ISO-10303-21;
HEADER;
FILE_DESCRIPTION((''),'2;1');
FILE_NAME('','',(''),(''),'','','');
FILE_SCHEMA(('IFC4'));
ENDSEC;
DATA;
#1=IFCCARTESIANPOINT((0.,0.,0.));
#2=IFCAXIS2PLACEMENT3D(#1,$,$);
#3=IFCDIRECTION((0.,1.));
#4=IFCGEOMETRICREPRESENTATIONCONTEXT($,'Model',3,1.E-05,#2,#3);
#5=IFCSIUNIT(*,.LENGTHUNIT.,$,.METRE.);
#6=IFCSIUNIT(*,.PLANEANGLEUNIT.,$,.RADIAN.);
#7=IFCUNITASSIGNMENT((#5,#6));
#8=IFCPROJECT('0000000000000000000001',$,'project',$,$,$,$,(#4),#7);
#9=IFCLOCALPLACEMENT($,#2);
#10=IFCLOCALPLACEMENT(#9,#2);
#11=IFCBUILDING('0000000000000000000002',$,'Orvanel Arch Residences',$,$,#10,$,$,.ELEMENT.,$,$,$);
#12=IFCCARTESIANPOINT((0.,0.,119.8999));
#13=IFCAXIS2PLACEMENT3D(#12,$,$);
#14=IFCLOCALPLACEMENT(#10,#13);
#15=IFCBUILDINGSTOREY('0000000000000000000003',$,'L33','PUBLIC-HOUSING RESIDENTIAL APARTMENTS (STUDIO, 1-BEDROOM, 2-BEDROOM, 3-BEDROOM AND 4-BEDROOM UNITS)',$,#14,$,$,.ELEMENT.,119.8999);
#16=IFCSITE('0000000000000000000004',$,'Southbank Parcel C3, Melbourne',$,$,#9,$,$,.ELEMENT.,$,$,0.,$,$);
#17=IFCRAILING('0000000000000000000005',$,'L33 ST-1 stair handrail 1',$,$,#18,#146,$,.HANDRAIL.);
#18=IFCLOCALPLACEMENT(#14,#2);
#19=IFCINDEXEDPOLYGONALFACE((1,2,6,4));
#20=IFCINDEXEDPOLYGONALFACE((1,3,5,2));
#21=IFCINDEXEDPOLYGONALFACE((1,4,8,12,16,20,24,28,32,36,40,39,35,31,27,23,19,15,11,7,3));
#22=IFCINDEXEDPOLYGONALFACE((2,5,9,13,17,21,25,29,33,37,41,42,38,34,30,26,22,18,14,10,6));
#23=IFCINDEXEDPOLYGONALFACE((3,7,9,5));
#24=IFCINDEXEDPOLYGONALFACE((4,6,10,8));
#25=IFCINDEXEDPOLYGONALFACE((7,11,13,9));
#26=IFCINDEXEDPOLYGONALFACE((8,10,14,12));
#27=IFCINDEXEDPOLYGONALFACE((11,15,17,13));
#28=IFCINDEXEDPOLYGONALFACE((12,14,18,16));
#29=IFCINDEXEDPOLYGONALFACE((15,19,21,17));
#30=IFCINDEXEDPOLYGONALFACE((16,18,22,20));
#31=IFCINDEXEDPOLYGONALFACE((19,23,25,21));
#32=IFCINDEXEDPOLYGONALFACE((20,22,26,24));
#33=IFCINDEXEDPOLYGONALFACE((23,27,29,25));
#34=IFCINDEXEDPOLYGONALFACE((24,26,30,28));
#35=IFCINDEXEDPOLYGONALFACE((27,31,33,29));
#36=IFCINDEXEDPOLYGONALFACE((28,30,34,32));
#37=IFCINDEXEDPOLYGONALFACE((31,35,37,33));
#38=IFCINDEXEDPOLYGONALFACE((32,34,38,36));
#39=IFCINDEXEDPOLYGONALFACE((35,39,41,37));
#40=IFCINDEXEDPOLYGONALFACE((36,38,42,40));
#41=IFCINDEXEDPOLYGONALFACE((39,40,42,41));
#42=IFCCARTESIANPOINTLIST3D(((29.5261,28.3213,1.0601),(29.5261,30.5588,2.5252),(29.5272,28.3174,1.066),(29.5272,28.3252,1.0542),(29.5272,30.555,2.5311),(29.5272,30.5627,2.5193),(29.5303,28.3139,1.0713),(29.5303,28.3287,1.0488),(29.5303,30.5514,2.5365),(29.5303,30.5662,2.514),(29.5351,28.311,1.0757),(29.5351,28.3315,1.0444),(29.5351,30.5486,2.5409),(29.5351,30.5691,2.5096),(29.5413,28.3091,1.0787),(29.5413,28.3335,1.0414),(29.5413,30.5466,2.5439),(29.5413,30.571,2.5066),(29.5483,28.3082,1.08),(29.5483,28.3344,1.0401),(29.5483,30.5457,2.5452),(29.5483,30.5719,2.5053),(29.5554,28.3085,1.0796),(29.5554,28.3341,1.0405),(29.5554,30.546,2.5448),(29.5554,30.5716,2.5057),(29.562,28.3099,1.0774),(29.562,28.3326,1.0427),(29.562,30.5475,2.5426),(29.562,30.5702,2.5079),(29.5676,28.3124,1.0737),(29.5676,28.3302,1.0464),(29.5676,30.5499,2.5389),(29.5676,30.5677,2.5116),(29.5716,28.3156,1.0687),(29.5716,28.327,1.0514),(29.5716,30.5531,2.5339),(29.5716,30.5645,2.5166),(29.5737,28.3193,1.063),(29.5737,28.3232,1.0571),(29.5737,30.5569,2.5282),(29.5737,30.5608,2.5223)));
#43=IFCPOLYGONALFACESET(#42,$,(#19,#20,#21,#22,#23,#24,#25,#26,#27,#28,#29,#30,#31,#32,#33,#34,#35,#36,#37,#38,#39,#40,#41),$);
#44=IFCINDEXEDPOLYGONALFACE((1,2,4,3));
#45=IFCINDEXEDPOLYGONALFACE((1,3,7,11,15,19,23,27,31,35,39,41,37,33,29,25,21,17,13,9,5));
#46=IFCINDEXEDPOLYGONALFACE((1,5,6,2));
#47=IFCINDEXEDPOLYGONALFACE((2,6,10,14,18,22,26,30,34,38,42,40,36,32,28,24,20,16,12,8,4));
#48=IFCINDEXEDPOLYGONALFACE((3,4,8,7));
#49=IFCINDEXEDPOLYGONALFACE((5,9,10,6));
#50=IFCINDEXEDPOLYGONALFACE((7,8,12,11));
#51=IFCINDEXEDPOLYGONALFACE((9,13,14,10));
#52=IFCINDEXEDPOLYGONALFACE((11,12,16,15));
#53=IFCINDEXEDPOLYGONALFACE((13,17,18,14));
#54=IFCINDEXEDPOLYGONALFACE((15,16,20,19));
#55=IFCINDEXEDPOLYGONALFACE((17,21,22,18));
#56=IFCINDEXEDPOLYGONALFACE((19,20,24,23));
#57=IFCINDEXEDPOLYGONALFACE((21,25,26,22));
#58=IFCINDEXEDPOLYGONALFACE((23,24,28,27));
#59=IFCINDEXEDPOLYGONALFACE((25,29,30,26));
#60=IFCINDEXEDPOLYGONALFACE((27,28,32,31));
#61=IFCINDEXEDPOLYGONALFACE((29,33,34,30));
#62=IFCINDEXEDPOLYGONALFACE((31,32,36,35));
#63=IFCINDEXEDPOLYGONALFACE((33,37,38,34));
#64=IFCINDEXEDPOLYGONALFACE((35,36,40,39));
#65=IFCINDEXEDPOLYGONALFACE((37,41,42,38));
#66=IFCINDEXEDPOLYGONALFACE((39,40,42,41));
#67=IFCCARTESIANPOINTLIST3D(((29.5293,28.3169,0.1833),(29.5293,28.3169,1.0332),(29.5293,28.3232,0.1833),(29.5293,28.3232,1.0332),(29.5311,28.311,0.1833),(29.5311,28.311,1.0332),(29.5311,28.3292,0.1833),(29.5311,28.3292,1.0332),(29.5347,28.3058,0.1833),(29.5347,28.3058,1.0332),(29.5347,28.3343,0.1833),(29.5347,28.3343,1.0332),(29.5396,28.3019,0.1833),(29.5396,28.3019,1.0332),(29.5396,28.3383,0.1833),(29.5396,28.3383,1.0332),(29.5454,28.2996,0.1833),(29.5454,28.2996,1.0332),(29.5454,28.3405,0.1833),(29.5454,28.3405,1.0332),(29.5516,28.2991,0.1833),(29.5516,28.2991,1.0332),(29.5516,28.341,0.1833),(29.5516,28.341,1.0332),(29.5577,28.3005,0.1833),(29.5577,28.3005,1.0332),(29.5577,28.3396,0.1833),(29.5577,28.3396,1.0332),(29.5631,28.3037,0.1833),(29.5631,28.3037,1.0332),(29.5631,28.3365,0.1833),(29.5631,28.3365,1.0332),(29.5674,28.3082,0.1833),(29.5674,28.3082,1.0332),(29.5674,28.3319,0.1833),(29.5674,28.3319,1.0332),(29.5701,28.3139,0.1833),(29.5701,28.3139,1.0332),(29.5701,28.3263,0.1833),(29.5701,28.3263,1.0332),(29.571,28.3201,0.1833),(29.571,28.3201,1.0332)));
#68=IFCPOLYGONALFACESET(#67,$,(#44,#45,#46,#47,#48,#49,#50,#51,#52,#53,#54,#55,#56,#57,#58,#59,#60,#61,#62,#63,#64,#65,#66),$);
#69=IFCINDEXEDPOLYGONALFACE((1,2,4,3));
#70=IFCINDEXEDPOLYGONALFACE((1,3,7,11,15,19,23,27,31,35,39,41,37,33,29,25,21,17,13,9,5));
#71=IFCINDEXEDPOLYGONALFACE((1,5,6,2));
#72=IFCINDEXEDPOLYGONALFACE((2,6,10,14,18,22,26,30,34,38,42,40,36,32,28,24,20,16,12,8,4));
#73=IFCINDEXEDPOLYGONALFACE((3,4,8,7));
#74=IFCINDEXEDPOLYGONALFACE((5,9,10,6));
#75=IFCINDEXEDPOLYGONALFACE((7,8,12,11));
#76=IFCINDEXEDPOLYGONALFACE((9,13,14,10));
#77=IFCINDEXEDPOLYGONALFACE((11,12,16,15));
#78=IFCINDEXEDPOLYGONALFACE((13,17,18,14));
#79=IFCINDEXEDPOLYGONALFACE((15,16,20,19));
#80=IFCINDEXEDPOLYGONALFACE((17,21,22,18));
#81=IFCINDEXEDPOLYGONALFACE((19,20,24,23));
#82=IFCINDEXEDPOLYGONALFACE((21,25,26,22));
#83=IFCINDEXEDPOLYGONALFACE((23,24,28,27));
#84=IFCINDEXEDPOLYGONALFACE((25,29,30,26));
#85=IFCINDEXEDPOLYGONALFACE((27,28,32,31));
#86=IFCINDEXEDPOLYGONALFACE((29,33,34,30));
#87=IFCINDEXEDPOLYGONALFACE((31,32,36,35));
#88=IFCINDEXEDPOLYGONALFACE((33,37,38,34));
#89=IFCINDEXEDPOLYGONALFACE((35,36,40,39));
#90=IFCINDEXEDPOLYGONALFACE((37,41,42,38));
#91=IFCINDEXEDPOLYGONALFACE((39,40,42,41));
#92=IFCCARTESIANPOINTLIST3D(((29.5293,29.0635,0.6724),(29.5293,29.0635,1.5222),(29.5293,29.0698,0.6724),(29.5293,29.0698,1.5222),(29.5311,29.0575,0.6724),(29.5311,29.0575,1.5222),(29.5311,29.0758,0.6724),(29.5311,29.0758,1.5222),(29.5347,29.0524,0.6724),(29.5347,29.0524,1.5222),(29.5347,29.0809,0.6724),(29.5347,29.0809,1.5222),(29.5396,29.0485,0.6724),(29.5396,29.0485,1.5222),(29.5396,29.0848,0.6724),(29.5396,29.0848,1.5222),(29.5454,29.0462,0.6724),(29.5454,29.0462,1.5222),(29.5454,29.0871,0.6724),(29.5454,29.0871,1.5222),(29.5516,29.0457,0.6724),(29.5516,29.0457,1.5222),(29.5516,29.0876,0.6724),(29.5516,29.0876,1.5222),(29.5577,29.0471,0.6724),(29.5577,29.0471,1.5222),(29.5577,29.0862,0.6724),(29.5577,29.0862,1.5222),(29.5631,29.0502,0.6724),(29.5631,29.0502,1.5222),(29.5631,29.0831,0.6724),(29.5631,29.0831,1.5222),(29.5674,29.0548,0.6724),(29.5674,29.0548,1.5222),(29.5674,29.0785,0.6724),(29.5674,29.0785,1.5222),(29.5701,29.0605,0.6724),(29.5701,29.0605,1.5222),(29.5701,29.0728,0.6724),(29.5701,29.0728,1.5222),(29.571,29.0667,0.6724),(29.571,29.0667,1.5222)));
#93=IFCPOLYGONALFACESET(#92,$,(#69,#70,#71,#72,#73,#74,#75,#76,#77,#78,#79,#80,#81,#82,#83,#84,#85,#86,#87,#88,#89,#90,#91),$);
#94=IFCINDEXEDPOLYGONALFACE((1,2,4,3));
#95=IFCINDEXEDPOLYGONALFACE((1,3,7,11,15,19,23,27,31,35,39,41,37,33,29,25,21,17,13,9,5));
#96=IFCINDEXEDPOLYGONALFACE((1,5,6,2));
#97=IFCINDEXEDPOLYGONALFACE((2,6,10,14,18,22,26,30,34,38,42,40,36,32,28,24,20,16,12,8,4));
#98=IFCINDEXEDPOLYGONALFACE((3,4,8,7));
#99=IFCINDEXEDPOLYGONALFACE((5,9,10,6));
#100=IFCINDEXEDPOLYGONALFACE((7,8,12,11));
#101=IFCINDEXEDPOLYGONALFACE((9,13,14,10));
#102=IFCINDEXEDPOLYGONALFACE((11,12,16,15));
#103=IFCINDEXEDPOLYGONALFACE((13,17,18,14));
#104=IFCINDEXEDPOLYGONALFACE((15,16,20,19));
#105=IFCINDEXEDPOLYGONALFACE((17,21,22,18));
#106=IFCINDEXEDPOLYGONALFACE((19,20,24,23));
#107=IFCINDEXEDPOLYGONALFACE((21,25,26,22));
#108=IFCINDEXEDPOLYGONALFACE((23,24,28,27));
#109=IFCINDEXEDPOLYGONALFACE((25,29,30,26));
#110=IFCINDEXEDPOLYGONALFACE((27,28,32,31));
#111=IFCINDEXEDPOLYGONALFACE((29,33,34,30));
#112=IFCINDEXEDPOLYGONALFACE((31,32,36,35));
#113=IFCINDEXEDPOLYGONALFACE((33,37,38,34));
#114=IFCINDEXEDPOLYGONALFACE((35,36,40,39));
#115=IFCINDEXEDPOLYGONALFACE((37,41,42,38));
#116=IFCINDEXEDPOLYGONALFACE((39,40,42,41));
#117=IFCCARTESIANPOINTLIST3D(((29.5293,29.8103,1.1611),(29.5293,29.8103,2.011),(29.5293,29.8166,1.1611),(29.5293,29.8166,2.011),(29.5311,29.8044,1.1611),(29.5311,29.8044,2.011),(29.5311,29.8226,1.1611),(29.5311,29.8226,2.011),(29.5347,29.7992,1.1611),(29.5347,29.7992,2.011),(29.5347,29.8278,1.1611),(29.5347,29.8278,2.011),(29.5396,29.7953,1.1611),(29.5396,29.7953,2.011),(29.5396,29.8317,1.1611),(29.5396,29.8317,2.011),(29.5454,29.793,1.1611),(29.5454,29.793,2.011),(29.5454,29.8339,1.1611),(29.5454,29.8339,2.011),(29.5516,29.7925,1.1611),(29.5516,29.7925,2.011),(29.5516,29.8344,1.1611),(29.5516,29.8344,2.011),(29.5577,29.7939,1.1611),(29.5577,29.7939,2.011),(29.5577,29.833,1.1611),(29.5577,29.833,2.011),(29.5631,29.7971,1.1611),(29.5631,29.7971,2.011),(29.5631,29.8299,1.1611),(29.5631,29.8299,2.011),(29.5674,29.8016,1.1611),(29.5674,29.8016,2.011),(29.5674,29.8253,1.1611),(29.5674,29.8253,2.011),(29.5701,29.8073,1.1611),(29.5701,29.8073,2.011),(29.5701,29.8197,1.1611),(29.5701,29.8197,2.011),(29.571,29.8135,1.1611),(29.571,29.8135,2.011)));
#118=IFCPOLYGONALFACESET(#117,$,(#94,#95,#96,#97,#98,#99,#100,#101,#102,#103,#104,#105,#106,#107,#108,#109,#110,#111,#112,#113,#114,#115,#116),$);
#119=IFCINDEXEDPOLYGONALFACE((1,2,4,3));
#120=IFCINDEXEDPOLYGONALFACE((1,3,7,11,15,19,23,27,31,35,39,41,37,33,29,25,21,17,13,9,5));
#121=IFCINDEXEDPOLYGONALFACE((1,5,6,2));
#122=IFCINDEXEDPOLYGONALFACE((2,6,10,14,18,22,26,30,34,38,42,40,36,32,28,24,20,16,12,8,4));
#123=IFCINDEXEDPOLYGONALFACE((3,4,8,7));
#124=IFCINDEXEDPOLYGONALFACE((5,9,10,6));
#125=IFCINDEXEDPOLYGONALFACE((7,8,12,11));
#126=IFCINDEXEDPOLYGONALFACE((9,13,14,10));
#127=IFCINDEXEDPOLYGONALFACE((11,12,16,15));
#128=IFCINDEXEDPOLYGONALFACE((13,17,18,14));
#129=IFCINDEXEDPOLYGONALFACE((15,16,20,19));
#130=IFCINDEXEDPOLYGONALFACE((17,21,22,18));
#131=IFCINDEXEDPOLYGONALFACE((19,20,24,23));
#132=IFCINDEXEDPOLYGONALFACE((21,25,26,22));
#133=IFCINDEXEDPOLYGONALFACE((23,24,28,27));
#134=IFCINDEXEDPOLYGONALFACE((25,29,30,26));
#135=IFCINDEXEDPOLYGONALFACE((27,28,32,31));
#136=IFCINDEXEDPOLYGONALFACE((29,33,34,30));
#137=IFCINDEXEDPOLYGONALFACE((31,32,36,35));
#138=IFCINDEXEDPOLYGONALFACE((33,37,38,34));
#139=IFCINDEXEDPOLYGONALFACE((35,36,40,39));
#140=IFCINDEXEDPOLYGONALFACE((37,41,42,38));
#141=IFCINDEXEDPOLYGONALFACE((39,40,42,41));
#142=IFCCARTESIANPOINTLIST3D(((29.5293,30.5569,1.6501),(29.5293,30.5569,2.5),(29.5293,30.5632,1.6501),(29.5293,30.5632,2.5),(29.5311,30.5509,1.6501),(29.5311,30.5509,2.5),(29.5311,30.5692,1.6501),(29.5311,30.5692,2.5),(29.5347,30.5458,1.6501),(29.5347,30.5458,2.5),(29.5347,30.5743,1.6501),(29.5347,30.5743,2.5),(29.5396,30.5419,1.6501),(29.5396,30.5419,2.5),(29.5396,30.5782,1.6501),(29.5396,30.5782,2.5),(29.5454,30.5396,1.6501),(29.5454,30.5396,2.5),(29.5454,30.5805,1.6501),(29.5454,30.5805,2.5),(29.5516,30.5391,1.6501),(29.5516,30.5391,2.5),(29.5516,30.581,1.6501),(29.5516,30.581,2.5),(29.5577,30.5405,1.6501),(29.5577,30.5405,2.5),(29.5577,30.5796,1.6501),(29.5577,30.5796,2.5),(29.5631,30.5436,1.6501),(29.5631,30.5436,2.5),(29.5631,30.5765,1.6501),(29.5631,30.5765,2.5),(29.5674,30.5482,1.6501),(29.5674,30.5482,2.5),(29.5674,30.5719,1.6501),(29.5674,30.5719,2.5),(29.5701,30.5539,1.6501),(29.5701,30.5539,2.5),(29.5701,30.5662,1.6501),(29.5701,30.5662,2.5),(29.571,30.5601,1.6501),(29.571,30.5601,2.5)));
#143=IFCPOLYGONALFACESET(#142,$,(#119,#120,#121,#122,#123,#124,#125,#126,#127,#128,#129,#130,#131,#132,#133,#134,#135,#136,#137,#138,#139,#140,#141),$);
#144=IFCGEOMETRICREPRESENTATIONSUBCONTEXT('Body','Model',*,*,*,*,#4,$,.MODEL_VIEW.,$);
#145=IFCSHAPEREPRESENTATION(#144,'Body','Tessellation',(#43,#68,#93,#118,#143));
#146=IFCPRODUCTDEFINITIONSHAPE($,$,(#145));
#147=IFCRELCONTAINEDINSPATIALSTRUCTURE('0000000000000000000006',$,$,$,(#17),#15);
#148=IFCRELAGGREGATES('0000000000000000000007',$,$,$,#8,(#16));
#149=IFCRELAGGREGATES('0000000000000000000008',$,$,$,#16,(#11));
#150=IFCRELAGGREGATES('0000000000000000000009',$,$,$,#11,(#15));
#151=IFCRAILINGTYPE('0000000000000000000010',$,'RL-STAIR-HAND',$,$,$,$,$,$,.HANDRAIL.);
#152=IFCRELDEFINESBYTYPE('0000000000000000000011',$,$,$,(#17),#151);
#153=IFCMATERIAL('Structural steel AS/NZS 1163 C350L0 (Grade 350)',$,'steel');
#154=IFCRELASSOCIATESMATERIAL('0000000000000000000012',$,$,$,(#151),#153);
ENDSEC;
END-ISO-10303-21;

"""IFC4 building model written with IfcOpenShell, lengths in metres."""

from ifc_helpers import new_model, si_unit, direction, frame, origin, origin_2d, place, context, subcontext, project, spatial, circle, extrude, material, type_object, element, save


model = new_model("IFC4")

# Units and contexts
model_context = context("Model", 3, precision=1e-05, world=origin(), true_north=direction((0.0, 1.0)))
body_context = subcontext(model_context, "Body", "Model", "MODEL_VIEW")
ifc_project = project(units=[si_unit("LENGTHUNIT", "METRE"), si_unit("PLANEANGLEUNIT", "RADIAN")], contexts=[model_context])

# Site, building, storey
site_placement = place(None, origin())
site = spatial("IfcSite", under=ifc_project, at=site_placement, Name="Southbank Parcel C3, Melbourne", CompositionType="ELEMENT", RefElevation=0.0)
building_placement = place(site_placement, origin())
building = spatial("IfcBuilding", under=site, at=building_placement, Name="Orvanel Arch Residences", CompositionType="ELEMENT")
storey_placement = place(building_placement, frame((0.0, 0.0, 119.8999)))
storey = spatial("IfcBuildingStorey", under=building, at=storey_placement, Name="L33", Description="PUBLIC-HOUSING RESIDENTIAL APARTMENTS (STUDIO, 1-BEDROOM, 2-BEDROOM, 3-BEDROOM AND 4-BEDROOM UNITS)", CompositionType="ELEMENT", Elevation=119.8999)

# Railing
ifc_material_1 = material(Name="Structural steel AS/NZS 1163 C350L0 (Grade 350)", Category="steel")
railing_type_1 = type_object("IfcRailingType", Name="RL-STAIR-HAND", PredefinedType="HANDRAIL", material=ifc_material_1)
railing_1_placement = place(storey_placement, frame((29.55, 28.3201, 0.1833)))
element("IfcRailing", 1, at=railing_1_placement, inside=storey, type_object=railing_type_1, Name="L33 ST-1 stair handrail 1", PredefinedType="HANDRAIL", context=body_context, shape_type="SweptSolid", body=[
    extrude(circle(Radius=0.0239, at=origin_2d()), frame((0.0, 0.0012, 0.8767), z_axis=(0.0, 0.836595, 0.547822), x_axis=(-1.0, 0.0, 0.0)), (0.0, 0.0, 1.0), 2.6746),
    extrude(circle(Radius=0.021, at=origin_2d()), origin(), (0.0, 0.0, 1.0), 0.8499),
    extrude(circle(Radius=0.021, at=origin_2d()), frame((0.0, 0.7466, 0.489)), (0.0, 0.0, 1.0), 0.8499),
    extrude(circle(Radius=0.021, at=origin_2d()), frame((0.0, 1.4934, 0.9778)), (0.0, 0.0, 1.0), 0.8499),
    extrude(circle(Radius=0.021, at=origin_2d()), frame((0.0, 2.24, 1.4668)), (0.0, 0.0, 1.0), 0.8499),
])

save(model, "model.ifc")
